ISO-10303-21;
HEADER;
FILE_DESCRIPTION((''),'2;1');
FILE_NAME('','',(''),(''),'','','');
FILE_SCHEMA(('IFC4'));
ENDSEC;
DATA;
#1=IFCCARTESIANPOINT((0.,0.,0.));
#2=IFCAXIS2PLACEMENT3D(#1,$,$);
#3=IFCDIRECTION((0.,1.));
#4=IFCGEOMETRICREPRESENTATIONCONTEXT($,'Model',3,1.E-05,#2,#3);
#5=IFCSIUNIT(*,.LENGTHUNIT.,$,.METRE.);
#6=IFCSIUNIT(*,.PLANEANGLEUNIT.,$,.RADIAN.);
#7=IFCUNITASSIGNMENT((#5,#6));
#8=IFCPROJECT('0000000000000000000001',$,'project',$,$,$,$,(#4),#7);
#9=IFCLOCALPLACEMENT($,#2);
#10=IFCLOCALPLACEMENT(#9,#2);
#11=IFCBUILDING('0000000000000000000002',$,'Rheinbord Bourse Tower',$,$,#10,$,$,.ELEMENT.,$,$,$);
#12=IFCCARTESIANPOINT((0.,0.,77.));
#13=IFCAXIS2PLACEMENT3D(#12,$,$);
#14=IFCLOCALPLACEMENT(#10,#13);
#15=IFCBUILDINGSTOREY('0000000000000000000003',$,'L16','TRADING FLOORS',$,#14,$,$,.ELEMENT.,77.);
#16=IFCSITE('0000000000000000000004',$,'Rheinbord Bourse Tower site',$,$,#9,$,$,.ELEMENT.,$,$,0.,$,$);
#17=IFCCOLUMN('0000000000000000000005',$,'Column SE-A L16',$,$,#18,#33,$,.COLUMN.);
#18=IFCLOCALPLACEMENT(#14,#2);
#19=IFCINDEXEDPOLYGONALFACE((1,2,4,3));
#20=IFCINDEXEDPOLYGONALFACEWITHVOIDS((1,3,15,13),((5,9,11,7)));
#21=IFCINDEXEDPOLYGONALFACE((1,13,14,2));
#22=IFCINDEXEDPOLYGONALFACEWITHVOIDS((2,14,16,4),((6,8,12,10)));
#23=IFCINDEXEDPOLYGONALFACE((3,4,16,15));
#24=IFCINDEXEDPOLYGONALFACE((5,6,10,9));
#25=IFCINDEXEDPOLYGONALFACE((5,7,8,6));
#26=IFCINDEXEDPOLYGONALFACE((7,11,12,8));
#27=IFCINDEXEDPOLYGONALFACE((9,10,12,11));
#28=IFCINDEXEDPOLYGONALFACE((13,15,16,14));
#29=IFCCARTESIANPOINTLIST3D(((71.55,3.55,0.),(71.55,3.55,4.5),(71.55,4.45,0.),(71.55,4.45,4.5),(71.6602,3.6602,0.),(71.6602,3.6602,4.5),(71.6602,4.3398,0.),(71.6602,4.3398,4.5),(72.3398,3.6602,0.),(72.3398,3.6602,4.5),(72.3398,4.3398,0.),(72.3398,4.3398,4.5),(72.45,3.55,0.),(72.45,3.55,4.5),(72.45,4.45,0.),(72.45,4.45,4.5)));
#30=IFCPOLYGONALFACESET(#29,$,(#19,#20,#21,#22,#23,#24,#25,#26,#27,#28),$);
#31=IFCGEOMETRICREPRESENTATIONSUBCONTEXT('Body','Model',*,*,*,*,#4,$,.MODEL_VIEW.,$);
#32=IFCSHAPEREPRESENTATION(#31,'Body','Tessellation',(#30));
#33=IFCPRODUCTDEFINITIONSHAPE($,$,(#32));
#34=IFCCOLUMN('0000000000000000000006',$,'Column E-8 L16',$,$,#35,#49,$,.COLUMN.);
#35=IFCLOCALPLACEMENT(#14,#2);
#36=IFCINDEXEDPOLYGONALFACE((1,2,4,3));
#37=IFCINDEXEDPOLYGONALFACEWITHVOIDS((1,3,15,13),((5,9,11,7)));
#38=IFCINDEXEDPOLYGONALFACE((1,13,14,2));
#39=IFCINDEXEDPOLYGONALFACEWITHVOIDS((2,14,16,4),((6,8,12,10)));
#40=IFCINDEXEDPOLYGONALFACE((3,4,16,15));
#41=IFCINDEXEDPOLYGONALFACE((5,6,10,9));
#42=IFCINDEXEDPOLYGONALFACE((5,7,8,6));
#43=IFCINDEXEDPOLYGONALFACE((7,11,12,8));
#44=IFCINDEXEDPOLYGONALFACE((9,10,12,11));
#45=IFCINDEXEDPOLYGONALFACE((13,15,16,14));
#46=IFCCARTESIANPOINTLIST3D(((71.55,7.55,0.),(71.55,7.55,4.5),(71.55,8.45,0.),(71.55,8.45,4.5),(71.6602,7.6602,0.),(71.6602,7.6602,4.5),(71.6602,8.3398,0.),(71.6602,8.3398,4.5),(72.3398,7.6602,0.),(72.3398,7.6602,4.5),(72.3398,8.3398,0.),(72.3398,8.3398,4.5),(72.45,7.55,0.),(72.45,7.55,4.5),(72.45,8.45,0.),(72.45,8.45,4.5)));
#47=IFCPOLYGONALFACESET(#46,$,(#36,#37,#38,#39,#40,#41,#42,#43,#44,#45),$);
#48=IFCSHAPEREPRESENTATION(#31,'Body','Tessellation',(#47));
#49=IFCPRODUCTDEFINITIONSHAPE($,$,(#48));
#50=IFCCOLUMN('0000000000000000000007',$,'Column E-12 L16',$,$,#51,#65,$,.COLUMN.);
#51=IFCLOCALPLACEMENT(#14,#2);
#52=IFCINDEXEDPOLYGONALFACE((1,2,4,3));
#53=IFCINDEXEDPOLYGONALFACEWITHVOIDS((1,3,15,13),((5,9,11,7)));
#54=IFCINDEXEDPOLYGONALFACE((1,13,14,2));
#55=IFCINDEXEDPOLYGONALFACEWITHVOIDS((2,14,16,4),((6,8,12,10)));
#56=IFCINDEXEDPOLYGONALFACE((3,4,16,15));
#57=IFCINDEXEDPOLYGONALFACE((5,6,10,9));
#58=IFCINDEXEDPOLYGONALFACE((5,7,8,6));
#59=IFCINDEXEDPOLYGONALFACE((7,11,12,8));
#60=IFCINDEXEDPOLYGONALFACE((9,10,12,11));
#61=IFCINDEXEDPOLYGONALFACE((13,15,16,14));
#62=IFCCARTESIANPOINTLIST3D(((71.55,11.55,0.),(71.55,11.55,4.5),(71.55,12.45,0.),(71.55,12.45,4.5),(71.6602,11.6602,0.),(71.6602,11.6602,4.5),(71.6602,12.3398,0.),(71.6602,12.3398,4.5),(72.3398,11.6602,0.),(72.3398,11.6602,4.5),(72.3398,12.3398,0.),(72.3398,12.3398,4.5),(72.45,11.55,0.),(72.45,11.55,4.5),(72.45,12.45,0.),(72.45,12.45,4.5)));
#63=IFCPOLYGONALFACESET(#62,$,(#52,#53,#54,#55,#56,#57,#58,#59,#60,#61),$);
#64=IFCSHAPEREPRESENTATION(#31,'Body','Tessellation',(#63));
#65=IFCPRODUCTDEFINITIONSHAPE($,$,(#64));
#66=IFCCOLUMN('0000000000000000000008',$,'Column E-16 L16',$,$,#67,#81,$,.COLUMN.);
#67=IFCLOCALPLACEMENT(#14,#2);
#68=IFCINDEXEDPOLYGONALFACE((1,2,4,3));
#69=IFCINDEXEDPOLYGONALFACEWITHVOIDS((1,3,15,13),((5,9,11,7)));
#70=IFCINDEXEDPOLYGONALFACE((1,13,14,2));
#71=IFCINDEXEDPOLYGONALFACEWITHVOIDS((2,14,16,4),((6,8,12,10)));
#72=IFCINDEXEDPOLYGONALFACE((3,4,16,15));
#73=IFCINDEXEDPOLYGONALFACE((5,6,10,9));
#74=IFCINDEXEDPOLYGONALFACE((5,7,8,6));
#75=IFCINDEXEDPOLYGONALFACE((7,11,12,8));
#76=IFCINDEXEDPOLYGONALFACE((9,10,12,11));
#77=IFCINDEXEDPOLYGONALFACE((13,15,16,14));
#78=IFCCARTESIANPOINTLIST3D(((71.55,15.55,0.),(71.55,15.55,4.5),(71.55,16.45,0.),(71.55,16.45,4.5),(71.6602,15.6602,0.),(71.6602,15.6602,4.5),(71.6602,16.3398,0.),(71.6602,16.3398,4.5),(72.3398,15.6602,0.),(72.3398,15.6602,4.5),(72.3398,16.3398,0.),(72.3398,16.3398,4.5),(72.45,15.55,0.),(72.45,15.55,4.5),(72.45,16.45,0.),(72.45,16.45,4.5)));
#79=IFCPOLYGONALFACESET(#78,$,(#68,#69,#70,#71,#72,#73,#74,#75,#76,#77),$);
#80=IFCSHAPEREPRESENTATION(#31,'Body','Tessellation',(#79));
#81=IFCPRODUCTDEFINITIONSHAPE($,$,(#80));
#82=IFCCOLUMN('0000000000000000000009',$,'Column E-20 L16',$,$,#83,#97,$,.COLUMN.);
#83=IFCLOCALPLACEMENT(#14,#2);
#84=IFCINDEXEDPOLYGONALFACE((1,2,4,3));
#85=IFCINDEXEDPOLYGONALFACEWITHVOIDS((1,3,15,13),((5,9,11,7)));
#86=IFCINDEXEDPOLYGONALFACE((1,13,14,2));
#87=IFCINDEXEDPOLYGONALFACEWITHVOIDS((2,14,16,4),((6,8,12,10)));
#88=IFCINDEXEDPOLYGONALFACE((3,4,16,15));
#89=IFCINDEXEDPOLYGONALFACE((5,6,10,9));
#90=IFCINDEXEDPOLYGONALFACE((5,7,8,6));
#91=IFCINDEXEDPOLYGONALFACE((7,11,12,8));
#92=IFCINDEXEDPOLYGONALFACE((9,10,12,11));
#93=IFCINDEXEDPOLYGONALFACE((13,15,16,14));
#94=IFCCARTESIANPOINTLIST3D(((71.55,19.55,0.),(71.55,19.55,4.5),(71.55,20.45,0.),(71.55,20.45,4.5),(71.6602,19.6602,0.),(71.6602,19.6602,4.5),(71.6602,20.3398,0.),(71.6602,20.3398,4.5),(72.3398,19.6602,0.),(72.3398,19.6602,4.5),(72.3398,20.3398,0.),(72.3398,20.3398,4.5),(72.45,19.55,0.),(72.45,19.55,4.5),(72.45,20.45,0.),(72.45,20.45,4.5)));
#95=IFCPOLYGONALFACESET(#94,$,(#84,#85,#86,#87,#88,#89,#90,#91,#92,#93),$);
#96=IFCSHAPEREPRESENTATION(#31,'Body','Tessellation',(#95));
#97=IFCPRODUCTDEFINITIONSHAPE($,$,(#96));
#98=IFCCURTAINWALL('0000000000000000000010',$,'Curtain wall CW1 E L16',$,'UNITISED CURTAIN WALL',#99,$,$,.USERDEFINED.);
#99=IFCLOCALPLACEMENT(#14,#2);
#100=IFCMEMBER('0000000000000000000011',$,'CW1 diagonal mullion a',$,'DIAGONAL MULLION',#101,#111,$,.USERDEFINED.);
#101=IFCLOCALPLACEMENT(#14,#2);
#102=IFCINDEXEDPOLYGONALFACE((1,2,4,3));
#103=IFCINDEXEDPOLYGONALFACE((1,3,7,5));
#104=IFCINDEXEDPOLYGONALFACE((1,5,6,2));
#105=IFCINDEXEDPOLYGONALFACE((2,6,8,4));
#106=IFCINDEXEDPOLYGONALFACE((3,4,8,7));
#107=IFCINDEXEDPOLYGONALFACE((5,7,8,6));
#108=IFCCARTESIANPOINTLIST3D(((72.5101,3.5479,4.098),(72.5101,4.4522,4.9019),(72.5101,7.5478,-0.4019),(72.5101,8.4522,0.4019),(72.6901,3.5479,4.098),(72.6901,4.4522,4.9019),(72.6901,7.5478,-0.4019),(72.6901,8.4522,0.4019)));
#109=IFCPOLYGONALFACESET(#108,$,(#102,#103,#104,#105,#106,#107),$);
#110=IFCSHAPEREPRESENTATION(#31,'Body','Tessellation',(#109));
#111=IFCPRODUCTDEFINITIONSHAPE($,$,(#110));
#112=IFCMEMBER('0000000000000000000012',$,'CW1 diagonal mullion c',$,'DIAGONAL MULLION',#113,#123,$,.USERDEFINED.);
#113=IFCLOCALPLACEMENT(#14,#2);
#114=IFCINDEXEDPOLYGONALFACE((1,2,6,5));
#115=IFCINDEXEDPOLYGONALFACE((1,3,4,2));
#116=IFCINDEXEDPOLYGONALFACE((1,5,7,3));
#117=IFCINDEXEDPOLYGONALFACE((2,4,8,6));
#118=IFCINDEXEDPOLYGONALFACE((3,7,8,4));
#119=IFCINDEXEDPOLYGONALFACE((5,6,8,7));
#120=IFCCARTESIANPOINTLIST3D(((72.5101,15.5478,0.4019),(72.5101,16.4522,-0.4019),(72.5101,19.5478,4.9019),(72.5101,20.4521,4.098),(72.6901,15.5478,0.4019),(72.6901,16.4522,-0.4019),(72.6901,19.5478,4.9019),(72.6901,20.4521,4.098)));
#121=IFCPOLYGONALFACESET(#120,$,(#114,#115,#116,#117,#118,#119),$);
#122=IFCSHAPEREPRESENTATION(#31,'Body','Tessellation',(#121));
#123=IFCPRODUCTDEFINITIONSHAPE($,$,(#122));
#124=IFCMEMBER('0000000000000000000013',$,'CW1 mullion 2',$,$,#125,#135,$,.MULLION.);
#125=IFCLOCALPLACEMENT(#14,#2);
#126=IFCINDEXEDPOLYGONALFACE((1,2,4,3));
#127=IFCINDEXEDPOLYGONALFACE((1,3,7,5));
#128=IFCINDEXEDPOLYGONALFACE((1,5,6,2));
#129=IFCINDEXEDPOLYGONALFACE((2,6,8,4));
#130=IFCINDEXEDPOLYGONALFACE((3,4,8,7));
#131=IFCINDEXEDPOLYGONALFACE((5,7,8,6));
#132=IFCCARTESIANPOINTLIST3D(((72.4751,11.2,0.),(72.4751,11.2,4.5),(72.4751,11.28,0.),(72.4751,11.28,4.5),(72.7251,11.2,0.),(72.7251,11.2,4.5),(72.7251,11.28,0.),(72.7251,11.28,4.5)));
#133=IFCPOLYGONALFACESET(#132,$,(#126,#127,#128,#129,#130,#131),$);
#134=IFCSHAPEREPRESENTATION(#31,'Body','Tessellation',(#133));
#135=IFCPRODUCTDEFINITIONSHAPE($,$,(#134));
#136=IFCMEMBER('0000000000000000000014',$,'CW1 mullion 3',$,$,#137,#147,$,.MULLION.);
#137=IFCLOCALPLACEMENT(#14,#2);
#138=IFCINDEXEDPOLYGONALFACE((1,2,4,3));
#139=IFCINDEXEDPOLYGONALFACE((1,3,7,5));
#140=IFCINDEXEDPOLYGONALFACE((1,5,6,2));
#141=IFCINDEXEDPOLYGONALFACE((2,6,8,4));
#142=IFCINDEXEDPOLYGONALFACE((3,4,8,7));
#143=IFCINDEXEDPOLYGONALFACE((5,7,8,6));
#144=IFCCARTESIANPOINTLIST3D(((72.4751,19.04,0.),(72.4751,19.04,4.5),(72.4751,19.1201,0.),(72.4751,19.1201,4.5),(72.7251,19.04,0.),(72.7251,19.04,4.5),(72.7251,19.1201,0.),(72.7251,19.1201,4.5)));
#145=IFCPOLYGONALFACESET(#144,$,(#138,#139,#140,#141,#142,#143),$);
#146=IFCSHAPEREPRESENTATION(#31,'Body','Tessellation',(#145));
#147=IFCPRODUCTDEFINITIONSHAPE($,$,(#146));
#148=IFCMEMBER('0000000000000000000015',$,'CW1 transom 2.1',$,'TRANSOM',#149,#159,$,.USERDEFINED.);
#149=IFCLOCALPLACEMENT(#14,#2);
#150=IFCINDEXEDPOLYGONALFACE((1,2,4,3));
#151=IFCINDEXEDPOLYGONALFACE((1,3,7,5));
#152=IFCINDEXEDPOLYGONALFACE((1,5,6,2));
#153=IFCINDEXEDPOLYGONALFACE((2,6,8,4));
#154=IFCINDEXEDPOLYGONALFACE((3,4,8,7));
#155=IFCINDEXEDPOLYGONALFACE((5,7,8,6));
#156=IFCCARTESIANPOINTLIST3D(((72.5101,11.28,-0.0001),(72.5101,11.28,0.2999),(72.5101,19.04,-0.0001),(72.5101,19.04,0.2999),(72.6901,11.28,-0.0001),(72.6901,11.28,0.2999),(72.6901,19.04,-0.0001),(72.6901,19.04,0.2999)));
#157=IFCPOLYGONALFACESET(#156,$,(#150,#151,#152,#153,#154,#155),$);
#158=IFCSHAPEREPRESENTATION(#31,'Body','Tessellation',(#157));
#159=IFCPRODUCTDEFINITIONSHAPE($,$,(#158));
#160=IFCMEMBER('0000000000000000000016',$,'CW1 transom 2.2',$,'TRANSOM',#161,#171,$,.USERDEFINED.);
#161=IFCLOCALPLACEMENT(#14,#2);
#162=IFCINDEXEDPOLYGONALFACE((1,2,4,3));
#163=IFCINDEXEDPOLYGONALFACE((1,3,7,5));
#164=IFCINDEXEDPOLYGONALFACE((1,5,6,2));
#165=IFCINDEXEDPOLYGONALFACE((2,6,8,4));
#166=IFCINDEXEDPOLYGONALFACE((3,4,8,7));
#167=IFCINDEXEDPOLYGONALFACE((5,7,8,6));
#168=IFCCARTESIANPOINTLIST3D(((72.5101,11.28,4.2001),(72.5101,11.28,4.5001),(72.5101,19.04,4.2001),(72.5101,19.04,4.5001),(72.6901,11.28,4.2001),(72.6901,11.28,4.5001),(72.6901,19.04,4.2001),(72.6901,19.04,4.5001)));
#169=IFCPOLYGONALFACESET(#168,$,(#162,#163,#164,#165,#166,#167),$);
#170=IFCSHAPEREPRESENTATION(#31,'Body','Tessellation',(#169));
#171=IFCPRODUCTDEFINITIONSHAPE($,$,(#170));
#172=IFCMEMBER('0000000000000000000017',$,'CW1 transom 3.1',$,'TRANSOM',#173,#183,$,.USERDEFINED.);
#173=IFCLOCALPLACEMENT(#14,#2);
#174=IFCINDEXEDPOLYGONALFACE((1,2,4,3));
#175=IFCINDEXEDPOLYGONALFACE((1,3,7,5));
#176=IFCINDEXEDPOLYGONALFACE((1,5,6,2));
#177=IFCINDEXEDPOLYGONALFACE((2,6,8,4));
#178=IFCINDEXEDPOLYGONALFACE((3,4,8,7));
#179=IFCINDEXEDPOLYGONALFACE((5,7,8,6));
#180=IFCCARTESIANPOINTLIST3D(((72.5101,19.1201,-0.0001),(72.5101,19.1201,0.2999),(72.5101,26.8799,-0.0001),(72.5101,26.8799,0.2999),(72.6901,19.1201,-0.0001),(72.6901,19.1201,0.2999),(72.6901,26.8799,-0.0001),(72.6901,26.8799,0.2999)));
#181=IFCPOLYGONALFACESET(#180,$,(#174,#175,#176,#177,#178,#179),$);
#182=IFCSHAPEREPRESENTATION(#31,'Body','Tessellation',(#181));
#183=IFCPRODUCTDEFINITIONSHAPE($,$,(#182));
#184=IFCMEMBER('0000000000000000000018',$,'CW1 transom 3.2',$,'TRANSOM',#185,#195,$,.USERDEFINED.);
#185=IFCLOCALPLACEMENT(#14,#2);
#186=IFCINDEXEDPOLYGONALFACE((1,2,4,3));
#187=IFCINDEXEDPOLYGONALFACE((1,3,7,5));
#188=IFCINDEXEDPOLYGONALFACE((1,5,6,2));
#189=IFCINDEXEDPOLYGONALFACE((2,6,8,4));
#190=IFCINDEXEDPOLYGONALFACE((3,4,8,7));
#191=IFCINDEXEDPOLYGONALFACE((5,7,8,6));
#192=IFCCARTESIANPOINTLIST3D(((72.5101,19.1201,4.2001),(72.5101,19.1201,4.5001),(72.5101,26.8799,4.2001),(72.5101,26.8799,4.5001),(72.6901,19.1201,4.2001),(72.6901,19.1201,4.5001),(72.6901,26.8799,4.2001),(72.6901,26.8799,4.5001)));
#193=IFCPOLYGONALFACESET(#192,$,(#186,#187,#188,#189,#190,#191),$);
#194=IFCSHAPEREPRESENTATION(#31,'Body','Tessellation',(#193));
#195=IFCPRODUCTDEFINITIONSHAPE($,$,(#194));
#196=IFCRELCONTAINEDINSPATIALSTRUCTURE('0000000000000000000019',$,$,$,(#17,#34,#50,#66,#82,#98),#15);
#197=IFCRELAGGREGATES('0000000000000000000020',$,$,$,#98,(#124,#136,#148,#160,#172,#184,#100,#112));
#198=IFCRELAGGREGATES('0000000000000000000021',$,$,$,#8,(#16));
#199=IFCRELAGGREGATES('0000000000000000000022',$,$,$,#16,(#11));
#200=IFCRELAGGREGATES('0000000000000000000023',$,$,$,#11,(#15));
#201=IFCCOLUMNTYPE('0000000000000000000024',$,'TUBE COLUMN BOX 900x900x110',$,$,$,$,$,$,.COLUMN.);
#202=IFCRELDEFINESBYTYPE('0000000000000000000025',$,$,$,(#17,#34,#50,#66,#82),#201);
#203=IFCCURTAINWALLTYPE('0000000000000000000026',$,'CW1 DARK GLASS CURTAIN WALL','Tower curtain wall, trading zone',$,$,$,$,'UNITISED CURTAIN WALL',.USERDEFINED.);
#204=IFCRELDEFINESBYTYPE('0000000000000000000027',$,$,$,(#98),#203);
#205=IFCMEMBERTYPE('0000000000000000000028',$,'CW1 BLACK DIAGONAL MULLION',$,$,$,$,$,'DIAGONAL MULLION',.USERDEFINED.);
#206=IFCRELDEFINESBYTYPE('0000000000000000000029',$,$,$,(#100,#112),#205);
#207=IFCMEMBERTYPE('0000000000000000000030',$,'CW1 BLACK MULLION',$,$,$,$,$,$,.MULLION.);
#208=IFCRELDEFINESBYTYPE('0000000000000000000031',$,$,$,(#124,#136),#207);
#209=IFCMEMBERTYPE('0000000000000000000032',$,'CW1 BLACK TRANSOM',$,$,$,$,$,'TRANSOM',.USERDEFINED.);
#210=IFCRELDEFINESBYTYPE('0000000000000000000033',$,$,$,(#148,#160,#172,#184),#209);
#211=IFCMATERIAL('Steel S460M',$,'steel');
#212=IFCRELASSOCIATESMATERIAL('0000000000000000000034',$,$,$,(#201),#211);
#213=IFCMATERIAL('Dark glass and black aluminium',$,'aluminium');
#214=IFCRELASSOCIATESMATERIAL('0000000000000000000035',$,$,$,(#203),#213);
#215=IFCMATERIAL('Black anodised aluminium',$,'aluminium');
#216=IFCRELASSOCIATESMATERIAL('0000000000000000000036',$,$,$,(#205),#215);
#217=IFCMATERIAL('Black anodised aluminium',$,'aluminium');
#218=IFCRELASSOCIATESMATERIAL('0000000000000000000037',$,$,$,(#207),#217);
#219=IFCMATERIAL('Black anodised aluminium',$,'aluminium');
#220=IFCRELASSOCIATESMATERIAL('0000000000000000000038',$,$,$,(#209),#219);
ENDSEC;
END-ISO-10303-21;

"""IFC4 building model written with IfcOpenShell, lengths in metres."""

from ifc_helpers import new_model, si_unit, direction, frame, origin, origin_2d, place, context, subcontext, project, spatial, rectangle, hollow_rectangle, extrude, material, material_profile, profile_set, type_object, element, aggregate, save


model = new_model("IFC4")

# Units and contexts
model_context = context("Model", 3, precision=1e-05, world=origin(), true_north=direction((0.0, 1.0)))
body_context = subcontext(model_context, "Body", "Model", "MODEL_VIEW")
ifc_project = project(units=[si_unit("LENGTHUNIT", "METRE"), si_unit("PLANEANGLEUNIT", "RADIAN")], contexts=[model_context])

# Site, building, storey
site_placement = place(None, origin())
site = spatial("IfcSite", under=ifc_project, at=site_placement, Name="Rheinbord Bourse Tower site", CompositionType="ELEMENT", RefElevation=0.0)
building_placement = place(site_placement, origin())
building = spatial("IfcBuilding", under=site, at=building_placement, Name="Rheinbord Bourse Tower", CompositionType="ELEMENT")
storey_placement = place(building_placement, frame((0.0, 0.0, 77.0)))
storey = spatial("IfcBuildingStorey", under=building, at=storey_placement, Name="L16", Description="TRADING FLOORS", CompositionType="ELEMENT", Elevation=77.0)

# Columns
ifc_material_1 = material(Name="Steel S460M", Category="steel")
ifc_material_profile_1 = material_profile(ifc_material_1, hollow_rectangle(XDim=0.8999, YDim=0.8999, WallThickness=0.1101, at=origin_2d()), Name="BOX 900x900x110")
ifc_profile_set_1 = profile_set([ifc_material_profile_1], Name="Steel S460M")
column_type = type_object("IfcColumnType", Name="TUBE COLUMN BOX 900x900x110", PredefinedType="COLUMN", material=ifc_profile_set_1)
for number, where, z_axis, x_axis, name in (
    (1, (72.0, 4.0, 0.0), (0.0, 0.0, 1.0), (1.0, 0.0, 0.0), "Column SE-A L16"),
    (2, (72.0, 8.0, 0.0), (0.0, 0.0, 1.0), (1.0, 0.0, 0.0), "Column E-8 L16"),
    (3, (72.0, 12.0, 0.0), (0.0, 0.0, 1.0), (1.0, 0.0, 0.0), "Column E-12 L16"),
    (4, (72.0, 16.0, 0.0), (0.0, 0.0, 1.0), (1.0, 0.0, 0.0), "Column E-16 L16"),
    (5, (72.0, 20.0, 0.0), (0.0, 0.0, 1.0), (1.0, 0.0, 0.0), "Column E-20 L16"),
):
    element("IfcColumn", number, at=place(storey_placement, frame(where, z_axis=z_axis, x_axis=x_axis)), inside=storey, type_object=column_type, Name=name, PredefinedType="COLUMN", context=body_context, shape_type="SweptSolid", body=[
        extrude(hollow_rectangle(XDim=0.8999, YDim=0.8999, WallThickness=0.1101, at=origin_2d()), origin(), (0.0, 0.0, 1.0), 4.5),
    ])

# Curtain wall, members
ifc_material_2 = material(Name="Dark glass and black aluminium", Category="aluminium")
curtain_wall_type = type_object("IfcCurtainWallType", Name="CW1 DARK GLASS CURTAIN WALL", Description="Tower curtain wall, trading zone", ElementType="UNITISED CURTAIN WALL", PredefinedType="USERDEFINED", material=ifc_material_2)
curtain_wall_placement = place(storey_placement, origin())
curtain_wall = element("IfcCurtainWall", 6, at=curtain_wall_placement, inside=storey, type_object=curtain_wall_type, Name="Curtain wall CW1 E L16", ObjectType="UNITISED CURTAIN WALL", PredefinedType="USERDEFINED")
ifc_material_3 = material(Name="Black anodised aluminium", Category="aluminium")
ifc_material_profile_2 = material_profile(ifc_material_3, rectangle(XDim=0.1799, YDim=1.21, at=origin_2d()), Name="CW1 DIAGONAL MULLION 1210x180")
ifc_profile_set_2 = profile_set([ifc_material_profile_2], Name="Black anodised aluminium")
member_type_1 = type_object("IfcMemberType", Name="CW1 BLACK DIAGONAL MULLION", ElementType="DIAGONAL MULLION", PredefinedType="USERDEFINED", material=ifc_profile_set_2)
member_1_placement = place(storey_placement, frame((72.6001, 8.0, 0.0), z_axis=(0.0, -0.664364, 0.747409), x_axis=(1.0, 0.0, 0.0)))
member_1 = element("IfcMember", 7, at=member_1_placement, type_object=member_type_1, Name="CW1 diagonal mullion a", ObjectType="DIAGONAL MULLION", PredefinedType="USERDEFINED", context=body_context, shape_type="SweptSolid", body=[
    extrude(rectangle(XDim=0.1799, YDim=1.21, at=origin_2d()), origin(), (0.0, 0.0, 1.0), 6.0208),
])
member_2_placement = place(storey_placement, frame((72.6001, 16.0, 0.0), z_axis=(0.0, 0.664364, 0.747409), x_axis=(-1.0, 0.0, 0.0)))
member_2 = element("IfcMember", 8, at=member_2_placement, type_object=member_type_1, Name="CW1 diagonal mullion c", ObjectType="DIAGONAL MULLION", PredefinedType="USERDEFINED", context=body_context, shape_type="SweptSolid", body=[
    extrude(rectangle(XDim=0.1799, YDim=1.21, at=origin_2d()), origin(), (0.0, 0.0, 1.0), 6.0208),
])
ifc_material_4 = material(Name="Black anodised aluminium", Category="aluminium")
ifc_material_profile_3 = material_profile(ifc_material_4, rectangle(XDim=0.25, YDim=0.0801, at=origin_2d()), Name="CW1 MULLION 80x250")
ifc_profile_set_3 = profile_set([ifc_material_profile_3], Name="Black anodised aluminium")
member_type_2 = type_object("IfcMemberType", Name="CW1 BLACK MULLION", PredefinedType="MULLION", material=ifc_profile_set_3)
member_3_placement = place(storey_placement, frame((72.6001, 11.24, 0.0), z_axis=(0.0, 0.0, 1.0), x_axis=(-1.0, 0.0, 0.0)))
member_3 = element("IfcMember", 9, at=member_3_placement, type_object=member_type_2, Name="CW1 mullion 2", PredefinedType="MULLION", context=body_context, shape_type="SweptSolid", body=[
    extrude(rectangle(XDim=0.25, YDim=0.0801, at=origin_2d()), origin(), (0.0, 0.0, 1.0), 4.5),
])
member_4_placement = place(storey_placement, frame((72.6001, 19.0801, 0.0), z_axis=(0.0, 0.0, 1.0), x_axis=(-1.0, 0.0, 0.0)))
member_4 = element("IfcMember", 10, at=member_4_placement, type_object=member_type_2, Name="CW1 mullion 3", PredefinedType="MULLION", context=body_context, shape_type="SweptSolid", body=[
    extrude(rectangle(XDim=0.25, YDim=0.0801, at=origin_2d()), origin(), (0.0, 0.0, 1.0), 4.5),
])
ifc_material_5 = material(Name="Black anodised aluminium", Category="aluminium")
ifc_material_profile_4 = material_profile(ifc_material_5, rectangle(XDim=0.1799, YDim=0.3, at=origin_2d()), Name="CW1 TRANSOM 300x180")
ifc_profile_set_4 = profile_set([ifc_material_profile_4], Name="Black anodised aluminium")
member_type_3 = type_object("IfcMemberType", Name="CW1 BLACK TRANSOM", ElementType="TRANSOM", PredefinedType="USERDEFINED", material=ifc_profile_set_4)
member_5_placement = place(storey_placement, frame((72.6001, 11.28, 0.1499), z_axis=(0.0, 1.0, 0.0), x_axis=(-1.0, 0.0, 0.0)))
member_5 = element("IfcMember", 11, at=member_5_placement, type_object=member_type_3, Name="CW1 transom 2.1", ObjectType="TRANSOM", PredefinedType="USERDEFINED", context=body_context, shape_type="SweptSolid", body=[
    extrude(rectangle(XDim=0.1799, YDim=0.3, at=origin_2d()), origin(), (0.0, 0.0, 1.0), 7.76),
])
member_6_placement = place(storey_placement, frame((72.6001, 11.28, 4.3501), z_axis=(0.0, 1.0, 0.0), x_axis=(-1.0, 0.0, 0.0)))
member_6 = element("IfcMember", 12, at=member_6_placement, type_object=member_type_3, Name="CW1 transom 2.2", ObjectType="TRANSOM", PredefinedType="USERDEFINED", context=body_context, shape_type="SweptSolid", body=[
    extrude(rectangle(XDim=0.1799, YDim=0.3, at=origin_2d()), origin(), (0.0, 0.0, 1.0), 7.76),
])
member_7_placement = place(storey_placement, frame((72.6001, 19.1201, 0.1499), z_axis=(0.0, 1.0, 0.0), x_axis=(-1.0, 0.0, 0.0)))
member_7 = element("IfcMember", 13, at=member_7_placement, type_object=member_type_3, Name="CW1 transom 3.1", ObjectType="TRANSOM", PredefinedType="USERDEFINED", context=body_context, shape_type="SweptSolid", body=[
    extrude(rectangle(XDim=0.1799, YDim=0.3, at=origin_2d()), origin(), (0.0, 0.0, 1.0), 7.7598),
])
member_8_placement = place(storey_placement, frame((72.6001, 19.1201, 4.3501), z_axis=(0.0, 1.0, 0.0), x_axis=(-1.0, 0.0, 0.0)))
member_8 = element("IfcMember", 14, at=member_8_placement, type_object=member_type_3, Name="CW1 transom 3.2", ObjectType="TRANSOM", PredefinedType="USERDEFINED", context=body_context, shape_type="SweptSolid", body=[
    extrude(rectangle(XDim=0.1799, YDim=0.3, at=origin_2d()), origin(), (0.0, 0.0, 1.0), 7.7598),
])

aggregate(curtain_wall, [member_3, member_4, member_5, member_6, member_7, member_8, member_1, member_2])

save(model, "model.ifc")
